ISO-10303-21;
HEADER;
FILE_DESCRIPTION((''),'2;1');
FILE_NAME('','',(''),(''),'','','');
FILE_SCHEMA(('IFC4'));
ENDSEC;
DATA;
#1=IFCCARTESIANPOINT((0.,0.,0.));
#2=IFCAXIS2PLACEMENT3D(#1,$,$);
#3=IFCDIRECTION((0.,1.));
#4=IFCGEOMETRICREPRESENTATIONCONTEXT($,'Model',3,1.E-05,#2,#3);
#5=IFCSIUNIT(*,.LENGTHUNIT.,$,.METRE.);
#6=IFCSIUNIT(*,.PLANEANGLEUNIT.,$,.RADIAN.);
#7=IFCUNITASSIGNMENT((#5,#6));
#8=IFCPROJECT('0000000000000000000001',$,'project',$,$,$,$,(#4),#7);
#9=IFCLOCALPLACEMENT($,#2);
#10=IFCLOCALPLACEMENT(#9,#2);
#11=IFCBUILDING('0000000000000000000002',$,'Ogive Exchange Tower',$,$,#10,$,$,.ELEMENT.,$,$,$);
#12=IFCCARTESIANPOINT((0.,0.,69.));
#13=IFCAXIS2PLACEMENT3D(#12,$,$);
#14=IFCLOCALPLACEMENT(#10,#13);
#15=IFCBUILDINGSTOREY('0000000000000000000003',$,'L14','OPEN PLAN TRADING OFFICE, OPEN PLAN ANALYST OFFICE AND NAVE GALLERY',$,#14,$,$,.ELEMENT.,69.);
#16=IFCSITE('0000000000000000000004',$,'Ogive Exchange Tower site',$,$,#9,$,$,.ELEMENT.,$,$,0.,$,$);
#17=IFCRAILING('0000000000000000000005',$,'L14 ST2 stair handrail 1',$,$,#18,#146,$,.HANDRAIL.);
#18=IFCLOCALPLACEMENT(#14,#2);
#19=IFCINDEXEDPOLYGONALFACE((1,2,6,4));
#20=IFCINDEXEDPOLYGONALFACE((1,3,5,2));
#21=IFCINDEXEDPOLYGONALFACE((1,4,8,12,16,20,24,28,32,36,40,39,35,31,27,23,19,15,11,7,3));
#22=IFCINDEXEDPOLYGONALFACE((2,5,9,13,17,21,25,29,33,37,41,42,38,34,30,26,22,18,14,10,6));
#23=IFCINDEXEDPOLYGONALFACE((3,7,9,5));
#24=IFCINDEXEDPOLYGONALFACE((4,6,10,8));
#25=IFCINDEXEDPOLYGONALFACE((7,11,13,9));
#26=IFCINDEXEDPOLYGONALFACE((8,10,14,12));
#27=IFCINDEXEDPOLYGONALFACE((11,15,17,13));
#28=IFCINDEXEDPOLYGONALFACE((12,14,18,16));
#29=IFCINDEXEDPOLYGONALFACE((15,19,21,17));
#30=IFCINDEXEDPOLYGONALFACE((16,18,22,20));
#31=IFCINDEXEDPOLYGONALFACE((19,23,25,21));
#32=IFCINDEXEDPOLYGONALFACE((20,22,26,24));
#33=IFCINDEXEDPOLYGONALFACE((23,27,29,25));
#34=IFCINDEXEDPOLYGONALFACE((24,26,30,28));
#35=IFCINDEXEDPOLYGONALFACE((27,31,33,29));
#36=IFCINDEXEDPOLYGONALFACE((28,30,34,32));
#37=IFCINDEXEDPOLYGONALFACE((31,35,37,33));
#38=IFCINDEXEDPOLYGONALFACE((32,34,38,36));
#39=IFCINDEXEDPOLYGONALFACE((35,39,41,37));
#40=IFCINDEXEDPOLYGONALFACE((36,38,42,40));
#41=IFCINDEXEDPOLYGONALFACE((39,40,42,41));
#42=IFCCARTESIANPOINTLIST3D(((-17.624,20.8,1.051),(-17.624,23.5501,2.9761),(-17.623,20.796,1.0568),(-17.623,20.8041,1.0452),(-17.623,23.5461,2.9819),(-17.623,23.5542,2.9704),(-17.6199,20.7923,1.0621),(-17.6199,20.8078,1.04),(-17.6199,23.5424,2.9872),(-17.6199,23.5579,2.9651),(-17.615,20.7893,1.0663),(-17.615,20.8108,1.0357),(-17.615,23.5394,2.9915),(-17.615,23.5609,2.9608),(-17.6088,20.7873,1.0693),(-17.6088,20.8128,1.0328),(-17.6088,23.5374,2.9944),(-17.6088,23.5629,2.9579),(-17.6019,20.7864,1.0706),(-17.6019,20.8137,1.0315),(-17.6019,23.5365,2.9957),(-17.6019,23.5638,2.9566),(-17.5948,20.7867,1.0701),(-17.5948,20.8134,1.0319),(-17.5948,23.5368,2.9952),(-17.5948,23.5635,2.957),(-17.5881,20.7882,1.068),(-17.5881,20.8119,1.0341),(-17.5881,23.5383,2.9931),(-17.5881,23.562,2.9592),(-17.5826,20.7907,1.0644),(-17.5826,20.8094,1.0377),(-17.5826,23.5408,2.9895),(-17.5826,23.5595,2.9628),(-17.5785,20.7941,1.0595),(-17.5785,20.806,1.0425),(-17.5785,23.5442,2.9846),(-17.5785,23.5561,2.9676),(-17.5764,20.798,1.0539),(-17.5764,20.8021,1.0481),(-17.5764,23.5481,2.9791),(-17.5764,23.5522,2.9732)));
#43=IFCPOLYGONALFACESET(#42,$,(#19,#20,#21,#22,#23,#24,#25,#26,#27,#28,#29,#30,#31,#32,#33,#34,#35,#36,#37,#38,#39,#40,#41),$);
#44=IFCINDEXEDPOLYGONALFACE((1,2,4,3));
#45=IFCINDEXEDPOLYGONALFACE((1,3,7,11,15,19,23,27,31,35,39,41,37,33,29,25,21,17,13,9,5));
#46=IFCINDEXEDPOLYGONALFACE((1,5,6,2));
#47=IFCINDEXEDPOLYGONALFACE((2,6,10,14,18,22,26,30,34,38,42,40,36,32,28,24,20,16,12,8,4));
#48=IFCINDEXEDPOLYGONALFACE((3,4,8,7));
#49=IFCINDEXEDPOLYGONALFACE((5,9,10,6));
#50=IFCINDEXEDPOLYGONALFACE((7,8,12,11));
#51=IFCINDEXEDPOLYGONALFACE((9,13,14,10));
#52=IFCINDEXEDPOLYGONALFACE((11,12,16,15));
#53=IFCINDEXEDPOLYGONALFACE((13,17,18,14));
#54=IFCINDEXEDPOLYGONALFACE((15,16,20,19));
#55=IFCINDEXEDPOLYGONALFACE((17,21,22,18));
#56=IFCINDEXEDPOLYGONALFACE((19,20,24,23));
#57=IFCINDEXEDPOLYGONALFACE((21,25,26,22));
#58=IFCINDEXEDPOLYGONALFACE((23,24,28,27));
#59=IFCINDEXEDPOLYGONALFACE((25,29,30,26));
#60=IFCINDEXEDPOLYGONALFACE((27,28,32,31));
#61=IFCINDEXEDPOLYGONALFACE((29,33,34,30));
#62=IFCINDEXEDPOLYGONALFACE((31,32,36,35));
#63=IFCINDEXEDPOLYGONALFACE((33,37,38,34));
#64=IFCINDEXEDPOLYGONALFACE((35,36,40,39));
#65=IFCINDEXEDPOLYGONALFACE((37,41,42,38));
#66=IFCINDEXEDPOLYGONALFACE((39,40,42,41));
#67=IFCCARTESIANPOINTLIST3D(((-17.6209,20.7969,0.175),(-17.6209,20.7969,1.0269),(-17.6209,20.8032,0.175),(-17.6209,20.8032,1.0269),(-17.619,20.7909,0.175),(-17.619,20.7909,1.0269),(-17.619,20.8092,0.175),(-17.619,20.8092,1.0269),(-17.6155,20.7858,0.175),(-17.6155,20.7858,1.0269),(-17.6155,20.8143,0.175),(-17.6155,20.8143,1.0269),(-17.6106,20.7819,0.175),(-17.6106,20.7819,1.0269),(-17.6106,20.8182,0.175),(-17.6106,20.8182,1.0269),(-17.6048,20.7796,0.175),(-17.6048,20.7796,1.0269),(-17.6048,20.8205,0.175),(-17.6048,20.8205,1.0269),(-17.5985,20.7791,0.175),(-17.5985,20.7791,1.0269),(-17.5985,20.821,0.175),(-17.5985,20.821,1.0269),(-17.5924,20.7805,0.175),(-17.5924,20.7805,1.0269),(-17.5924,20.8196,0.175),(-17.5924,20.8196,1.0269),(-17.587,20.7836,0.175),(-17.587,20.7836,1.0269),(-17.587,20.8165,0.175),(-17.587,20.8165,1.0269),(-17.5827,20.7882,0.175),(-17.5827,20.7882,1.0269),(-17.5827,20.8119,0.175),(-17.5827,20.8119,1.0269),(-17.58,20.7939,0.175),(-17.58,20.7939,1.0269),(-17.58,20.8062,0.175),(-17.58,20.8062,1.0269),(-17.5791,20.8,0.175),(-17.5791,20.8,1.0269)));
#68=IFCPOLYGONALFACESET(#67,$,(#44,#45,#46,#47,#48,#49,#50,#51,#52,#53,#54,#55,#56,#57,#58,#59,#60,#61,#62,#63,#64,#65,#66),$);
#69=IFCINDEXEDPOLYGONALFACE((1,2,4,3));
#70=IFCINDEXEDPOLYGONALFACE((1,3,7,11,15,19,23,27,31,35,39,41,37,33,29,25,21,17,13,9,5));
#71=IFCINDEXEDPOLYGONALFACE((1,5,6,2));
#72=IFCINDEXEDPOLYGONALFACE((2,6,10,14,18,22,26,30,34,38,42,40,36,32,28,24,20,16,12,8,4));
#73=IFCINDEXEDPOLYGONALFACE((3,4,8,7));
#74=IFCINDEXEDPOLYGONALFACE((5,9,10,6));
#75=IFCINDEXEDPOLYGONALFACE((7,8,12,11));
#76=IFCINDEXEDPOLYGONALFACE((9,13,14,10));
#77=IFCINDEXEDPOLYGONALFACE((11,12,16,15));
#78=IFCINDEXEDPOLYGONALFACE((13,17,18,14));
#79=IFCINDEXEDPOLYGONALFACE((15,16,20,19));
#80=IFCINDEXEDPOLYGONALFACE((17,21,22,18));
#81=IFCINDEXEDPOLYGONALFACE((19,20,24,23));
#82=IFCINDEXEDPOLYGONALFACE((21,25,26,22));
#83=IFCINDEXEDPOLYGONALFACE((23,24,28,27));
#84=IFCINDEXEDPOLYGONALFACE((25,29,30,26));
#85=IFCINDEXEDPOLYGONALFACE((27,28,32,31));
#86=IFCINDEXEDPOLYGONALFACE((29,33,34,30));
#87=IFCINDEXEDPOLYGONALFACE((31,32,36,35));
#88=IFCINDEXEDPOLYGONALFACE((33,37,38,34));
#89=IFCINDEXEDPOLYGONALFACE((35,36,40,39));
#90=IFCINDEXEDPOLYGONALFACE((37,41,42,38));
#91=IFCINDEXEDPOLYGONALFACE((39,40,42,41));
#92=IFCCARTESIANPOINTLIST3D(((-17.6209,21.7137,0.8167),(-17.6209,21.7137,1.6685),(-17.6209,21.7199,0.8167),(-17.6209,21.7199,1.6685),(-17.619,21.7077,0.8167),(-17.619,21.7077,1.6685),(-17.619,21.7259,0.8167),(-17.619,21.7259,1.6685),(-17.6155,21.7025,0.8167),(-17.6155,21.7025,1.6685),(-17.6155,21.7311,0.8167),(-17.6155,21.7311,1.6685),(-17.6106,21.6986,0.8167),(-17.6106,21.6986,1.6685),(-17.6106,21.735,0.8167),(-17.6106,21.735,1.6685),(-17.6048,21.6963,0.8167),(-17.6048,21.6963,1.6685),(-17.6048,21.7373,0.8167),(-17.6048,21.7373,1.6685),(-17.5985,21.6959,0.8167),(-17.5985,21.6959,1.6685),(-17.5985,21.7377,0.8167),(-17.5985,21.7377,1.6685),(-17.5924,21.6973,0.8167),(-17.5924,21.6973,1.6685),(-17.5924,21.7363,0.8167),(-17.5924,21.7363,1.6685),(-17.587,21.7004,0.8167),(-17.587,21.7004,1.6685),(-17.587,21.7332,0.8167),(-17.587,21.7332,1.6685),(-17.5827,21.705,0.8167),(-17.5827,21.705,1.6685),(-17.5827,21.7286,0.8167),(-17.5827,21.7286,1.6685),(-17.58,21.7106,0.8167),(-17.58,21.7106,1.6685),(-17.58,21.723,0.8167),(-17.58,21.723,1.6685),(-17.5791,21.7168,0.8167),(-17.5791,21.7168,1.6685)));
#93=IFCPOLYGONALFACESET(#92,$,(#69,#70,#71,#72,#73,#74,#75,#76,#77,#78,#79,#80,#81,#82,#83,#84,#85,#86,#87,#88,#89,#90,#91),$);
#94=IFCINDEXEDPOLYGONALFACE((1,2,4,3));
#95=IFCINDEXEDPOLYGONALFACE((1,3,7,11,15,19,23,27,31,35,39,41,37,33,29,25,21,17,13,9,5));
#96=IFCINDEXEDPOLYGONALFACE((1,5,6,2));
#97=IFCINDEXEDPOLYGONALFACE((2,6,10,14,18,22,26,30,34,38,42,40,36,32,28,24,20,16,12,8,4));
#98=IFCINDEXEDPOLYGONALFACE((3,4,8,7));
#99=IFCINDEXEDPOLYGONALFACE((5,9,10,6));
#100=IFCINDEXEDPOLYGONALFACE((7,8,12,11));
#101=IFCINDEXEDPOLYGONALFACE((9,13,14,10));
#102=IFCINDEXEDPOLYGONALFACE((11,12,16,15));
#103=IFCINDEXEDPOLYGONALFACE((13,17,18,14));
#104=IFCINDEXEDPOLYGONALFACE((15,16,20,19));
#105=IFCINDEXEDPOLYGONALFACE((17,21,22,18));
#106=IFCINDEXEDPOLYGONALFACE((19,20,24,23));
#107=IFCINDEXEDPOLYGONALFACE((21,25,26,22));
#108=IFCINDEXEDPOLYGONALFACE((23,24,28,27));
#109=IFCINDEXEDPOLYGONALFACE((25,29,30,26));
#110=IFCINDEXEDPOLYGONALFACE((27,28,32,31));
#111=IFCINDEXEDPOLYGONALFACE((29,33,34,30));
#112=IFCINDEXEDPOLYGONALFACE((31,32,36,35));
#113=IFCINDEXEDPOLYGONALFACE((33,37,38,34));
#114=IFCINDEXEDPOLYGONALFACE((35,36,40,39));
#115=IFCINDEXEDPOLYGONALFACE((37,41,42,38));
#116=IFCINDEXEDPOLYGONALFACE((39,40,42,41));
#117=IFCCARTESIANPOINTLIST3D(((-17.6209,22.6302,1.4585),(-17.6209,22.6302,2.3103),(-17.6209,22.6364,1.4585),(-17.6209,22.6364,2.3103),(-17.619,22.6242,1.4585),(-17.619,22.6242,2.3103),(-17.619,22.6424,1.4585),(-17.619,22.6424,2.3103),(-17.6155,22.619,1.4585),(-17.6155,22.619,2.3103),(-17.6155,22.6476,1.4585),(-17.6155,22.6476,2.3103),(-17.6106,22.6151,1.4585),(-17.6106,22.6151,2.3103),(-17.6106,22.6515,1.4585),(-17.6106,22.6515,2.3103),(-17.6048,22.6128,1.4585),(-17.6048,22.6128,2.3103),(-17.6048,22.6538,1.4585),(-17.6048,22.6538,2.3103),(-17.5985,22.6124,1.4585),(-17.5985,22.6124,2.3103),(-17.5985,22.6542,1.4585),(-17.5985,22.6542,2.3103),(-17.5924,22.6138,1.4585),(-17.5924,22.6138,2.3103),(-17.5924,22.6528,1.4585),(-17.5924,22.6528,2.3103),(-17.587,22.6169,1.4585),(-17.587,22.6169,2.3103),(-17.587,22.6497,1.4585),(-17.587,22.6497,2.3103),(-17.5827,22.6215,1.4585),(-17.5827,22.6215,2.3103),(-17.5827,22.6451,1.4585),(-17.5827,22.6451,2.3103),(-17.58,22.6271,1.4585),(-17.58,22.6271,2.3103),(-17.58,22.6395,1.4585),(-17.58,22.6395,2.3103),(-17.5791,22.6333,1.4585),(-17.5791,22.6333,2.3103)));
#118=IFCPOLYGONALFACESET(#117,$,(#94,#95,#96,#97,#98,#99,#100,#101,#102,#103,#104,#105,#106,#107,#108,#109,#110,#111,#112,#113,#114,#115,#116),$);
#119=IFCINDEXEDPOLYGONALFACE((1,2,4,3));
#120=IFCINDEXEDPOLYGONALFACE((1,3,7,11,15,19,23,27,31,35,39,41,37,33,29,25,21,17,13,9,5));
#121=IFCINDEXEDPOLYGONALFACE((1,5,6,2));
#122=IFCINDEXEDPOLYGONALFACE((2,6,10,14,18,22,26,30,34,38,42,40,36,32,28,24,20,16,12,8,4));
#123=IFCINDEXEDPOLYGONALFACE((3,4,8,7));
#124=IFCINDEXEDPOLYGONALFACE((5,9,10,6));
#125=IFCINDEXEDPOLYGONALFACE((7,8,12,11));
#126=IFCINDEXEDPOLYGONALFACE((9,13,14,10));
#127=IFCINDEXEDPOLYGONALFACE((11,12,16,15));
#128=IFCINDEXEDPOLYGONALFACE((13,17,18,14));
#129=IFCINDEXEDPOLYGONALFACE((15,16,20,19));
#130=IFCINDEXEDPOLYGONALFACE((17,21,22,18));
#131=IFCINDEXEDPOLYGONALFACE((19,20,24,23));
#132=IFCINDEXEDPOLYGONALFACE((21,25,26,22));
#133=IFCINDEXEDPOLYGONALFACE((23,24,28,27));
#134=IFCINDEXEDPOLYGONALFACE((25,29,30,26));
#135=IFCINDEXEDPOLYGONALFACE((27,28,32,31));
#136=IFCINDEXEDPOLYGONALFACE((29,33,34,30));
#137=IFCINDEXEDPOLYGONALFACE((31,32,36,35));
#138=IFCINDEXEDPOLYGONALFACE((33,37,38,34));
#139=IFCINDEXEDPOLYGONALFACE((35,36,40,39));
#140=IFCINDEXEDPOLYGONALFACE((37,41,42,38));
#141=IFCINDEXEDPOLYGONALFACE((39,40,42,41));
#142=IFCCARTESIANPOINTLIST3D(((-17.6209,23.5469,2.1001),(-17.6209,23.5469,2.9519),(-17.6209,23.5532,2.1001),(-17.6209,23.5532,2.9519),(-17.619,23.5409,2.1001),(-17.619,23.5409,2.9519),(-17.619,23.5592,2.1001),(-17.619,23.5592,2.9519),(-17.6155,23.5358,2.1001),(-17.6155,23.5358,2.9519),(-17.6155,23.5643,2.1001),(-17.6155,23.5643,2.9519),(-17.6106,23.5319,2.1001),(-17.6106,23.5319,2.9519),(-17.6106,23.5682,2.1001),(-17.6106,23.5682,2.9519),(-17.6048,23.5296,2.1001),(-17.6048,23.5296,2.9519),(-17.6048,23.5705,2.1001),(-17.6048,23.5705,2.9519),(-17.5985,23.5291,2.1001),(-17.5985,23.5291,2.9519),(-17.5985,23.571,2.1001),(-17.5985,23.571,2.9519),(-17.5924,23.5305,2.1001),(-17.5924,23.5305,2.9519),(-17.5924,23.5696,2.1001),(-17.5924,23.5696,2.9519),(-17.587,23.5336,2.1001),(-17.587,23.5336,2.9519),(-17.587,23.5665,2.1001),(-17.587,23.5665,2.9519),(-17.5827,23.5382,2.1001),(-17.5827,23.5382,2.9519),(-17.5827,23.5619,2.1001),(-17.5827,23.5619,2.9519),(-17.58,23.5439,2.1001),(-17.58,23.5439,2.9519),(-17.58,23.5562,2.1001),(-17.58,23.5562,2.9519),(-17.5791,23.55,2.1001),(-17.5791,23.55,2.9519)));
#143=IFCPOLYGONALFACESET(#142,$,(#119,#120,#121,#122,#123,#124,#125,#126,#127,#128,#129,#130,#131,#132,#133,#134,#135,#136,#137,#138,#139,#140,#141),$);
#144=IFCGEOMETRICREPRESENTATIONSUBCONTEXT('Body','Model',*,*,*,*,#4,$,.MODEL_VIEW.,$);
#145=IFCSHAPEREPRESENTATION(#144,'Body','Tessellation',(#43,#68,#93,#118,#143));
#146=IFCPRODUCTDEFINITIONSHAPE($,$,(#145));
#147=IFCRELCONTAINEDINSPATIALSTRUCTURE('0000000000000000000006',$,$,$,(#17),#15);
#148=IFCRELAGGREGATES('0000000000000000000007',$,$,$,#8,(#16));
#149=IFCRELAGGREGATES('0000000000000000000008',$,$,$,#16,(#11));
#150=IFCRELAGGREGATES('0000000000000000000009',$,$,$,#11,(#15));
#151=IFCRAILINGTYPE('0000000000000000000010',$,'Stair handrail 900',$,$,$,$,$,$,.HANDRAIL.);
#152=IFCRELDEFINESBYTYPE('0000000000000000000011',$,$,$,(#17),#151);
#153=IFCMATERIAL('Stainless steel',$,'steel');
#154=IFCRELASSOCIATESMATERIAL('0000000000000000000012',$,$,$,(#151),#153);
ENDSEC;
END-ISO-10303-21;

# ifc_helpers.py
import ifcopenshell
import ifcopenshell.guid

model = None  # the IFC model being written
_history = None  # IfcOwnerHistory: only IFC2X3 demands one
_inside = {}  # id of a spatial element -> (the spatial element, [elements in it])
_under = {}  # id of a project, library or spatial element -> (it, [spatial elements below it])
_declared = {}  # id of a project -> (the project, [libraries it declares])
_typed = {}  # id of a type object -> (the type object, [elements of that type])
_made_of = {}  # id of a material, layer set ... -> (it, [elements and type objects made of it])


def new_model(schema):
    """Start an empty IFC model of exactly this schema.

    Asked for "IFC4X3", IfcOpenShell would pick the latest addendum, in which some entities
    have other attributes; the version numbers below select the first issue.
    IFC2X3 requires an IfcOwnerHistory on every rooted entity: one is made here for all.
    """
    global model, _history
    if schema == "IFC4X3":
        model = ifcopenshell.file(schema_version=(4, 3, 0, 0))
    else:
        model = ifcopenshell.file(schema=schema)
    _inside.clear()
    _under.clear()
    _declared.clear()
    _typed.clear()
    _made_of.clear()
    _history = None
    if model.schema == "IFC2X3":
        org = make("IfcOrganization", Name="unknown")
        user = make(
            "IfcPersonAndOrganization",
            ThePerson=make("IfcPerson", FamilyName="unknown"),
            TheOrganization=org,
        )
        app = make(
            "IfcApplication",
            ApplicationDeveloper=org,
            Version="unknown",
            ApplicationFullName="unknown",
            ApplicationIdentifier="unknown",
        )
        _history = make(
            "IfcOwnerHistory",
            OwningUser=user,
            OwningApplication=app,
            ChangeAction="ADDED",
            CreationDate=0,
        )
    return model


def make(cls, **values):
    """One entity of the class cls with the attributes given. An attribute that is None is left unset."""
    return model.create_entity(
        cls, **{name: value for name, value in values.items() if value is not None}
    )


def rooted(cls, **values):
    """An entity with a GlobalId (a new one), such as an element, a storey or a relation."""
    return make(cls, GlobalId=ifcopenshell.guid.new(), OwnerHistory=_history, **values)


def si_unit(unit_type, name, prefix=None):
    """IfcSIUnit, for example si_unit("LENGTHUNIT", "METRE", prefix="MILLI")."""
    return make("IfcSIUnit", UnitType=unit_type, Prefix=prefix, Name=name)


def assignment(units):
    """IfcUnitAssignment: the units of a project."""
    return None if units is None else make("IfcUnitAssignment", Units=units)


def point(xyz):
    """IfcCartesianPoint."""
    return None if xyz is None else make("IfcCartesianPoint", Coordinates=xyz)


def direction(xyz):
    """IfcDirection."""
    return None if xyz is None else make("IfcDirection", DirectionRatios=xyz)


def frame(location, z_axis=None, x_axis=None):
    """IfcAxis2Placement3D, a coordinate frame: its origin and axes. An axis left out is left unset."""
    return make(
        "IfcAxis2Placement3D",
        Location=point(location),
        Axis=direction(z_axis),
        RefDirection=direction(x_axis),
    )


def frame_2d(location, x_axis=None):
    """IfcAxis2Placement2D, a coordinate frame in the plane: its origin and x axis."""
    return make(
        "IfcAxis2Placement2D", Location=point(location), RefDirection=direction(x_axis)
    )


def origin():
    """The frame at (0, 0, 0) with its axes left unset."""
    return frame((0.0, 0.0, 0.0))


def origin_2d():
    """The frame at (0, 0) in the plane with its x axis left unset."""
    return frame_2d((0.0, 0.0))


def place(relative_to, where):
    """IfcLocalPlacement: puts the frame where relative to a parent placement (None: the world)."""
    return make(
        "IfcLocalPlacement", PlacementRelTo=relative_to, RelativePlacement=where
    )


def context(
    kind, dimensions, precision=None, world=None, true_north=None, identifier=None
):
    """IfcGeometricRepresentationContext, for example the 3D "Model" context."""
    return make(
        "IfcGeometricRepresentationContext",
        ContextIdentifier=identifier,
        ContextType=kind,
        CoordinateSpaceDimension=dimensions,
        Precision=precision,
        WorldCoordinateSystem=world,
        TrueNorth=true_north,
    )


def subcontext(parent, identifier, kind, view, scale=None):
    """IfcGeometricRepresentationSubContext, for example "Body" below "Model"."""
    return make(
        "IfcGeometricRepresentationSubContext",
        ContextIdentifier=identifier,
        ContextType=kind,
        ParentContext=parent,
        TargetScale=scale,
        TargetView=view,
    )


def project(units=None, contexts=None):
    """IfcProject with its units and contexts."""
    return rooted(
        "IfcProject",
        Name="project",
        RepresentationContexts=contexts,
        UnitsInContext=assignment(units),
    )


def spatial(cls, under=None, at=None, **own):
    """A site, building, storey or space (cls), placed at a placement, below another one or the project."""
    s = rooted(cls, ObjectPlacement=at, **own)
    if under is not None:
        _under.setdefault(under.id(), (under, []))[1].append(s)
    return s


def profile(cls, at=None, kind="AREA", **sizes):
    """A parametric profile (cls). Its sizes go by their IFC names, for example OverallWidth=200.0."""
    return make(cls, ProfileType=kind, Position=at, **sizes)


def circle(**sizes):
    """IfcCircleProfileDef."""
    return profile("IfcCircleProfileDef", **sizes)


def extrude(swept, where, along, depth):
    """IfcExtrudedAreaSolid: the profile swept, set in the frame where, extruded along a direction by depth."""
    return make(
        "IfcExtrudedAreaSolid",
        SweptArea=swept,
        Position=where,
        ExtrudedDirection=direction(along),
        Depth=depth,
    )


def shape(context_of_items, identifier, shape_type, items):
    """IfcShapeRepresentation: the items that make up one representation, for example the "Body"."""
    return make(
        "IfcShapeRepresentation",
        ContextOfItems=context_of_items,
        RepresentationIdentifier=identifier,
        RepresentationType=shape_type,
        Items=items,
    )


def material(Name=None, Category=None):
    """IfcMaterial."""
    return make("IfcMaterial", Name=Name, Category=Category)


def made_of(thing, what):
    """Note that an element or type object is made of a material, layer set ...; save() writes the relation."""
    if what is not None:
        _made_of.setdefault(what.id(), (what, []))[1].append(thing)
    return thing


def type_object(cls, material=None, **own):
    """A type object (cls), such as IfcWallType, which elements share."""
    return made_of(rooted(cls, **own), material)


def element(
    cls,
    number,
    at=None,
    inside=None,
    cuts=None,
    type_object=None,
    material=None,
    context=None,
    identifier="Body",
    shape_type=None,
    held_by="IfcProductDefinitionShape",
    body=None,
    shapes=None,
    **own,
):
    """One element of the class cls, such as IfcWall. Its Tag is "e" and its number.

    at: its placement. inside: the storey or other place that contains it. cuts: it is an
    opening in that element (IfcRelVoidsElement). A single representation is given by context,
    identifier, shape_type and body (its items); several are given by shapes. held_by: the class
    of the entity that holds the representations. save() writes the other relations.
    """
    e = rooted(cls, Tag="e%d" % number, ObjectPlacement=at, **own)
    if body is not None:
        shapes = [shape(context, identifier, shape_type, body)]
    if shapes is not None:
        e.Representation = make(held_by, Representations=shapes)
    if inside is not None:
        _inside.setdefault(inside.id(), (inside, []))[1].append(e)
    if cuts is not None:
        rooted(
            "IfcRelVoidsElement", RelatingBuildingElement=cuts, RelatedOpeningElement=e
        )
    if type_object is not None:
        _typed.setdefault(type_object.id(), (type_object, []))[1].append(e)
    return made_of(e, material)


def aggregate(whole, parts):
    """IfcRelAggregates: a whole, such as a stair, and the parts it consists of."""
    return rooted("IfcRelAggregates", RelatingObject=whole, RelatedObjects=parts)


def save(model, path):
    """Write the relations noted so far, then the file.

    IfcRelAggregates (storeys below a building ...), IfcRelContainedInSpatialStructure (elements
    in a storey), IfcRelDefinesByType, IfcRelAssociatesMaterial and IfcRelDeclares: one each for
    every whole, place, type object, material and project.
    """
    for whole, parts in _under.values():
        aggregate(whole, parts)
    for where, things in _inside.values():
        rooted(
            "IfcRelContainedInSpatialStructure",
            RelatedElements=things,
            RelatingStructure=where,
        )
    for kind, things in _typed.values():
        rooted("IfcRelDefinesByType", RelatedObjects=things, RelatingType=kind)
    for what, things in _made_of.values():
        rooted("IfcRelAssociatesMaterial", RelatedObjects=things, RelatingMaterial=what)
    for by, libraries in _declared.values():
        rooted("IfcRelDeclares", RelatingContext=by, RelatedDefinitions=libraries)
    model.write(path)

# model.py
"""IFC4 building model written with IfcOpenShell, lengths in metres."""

from ifc_helpers import new_model, si_unit, direction, frame, origin, origin_2d, place, context, subcontext, project, spatial, circle, extrude, material, type_object, element, save


model = new_model("IFC4")

# Units and contexts
model_context = context("Model", 3, precision=1e-05, world=origin(), true_north=direction((0.0, 1.0)))
body_context = subcontext(model_context, "Body", "Model", "MODEL_VIEW")
ifc_project = project(units=[si_unit("LENGTHUNIT", "METRE"), si_unit("PLANEANGLEUNIT", "RADIAN")], contexts=[model_context])

# Site, building, storey
site_placement = place(None, origin())
site = spatial("IfcSite", under=ifc_project, at=site_placement, Name="Ogive Exchange Tower site", CompositionType="ELEMENT", RefElevation=0.0)
building_placement = place(site_placement, origin())
building = spatial("IfcBuilding", under=site, at=building_placement, Name="Ogive Exchange Tower", CompositionType="ELEMENT")
storey_placement = place(building_placement, frame((0.0, 0.0, 69.0)))
storey = spatial("IfcBuildingStorey", under=building, at=storey_placement, Name="L14", Description="OPEN PLAN TRADING OFFICE, OPEN PLAN ANALYST OFFICE AND NAVE GALLERY", CompositionType="ELEMENT", Elevation=69.0)

# Railing
ifc_material_1 = material(Name="Stainless steel", Category="steel")
railing_type = type_object("IfcRailingType", Name="Stair handrail 900", PredefinedType="HANDRAIL", material=ifc_material_1)
railing_1_placement = place(storey_placement, frame((-17.6001, 20.8, 0.175)))
element("IfcRailing", 1, at=railing_1_placement, inside=storey, type_object=railing_type, Name="L14 ST2 stair handrail 1", PredefinedType="HANDRAIL", context=body_context, shape_type="SweptSolid", body=[
    extrude(circle(Radius=0.0239, at=origin_2d()), frame((0.0, 0.0, 0.876), z_axis=(0.0, 0.819225, 0.573472), x_axis=(-1.0, 0.0, 0.0)), (0.0, 0.0, 1.0), 3.3569),
    extrude(circle(Radius=0.021, at=origin_2d()), origin(), (0.0, 0.0, 1.0), 0.8518),
    extrude(circle(Radius=0.021, at=origin_2d()), frame((0.0, 0.9167, 0.6416)), (0.0, 0.0, 1.0), 0.8518),
    extrude(circle(Radius=0.021, at=origin_2d()), frame((0.0, 1.8333, 1.2834)), (0.0, 0.0, 1.0), 0.8518),
    extrude(circle(Radius=0.021, at=origin_2d()), frame((0.0, 2.75, 1.925)), (0.0, 0.0, 1.0), 0.8518),
])

save(model, "model.ifc")
